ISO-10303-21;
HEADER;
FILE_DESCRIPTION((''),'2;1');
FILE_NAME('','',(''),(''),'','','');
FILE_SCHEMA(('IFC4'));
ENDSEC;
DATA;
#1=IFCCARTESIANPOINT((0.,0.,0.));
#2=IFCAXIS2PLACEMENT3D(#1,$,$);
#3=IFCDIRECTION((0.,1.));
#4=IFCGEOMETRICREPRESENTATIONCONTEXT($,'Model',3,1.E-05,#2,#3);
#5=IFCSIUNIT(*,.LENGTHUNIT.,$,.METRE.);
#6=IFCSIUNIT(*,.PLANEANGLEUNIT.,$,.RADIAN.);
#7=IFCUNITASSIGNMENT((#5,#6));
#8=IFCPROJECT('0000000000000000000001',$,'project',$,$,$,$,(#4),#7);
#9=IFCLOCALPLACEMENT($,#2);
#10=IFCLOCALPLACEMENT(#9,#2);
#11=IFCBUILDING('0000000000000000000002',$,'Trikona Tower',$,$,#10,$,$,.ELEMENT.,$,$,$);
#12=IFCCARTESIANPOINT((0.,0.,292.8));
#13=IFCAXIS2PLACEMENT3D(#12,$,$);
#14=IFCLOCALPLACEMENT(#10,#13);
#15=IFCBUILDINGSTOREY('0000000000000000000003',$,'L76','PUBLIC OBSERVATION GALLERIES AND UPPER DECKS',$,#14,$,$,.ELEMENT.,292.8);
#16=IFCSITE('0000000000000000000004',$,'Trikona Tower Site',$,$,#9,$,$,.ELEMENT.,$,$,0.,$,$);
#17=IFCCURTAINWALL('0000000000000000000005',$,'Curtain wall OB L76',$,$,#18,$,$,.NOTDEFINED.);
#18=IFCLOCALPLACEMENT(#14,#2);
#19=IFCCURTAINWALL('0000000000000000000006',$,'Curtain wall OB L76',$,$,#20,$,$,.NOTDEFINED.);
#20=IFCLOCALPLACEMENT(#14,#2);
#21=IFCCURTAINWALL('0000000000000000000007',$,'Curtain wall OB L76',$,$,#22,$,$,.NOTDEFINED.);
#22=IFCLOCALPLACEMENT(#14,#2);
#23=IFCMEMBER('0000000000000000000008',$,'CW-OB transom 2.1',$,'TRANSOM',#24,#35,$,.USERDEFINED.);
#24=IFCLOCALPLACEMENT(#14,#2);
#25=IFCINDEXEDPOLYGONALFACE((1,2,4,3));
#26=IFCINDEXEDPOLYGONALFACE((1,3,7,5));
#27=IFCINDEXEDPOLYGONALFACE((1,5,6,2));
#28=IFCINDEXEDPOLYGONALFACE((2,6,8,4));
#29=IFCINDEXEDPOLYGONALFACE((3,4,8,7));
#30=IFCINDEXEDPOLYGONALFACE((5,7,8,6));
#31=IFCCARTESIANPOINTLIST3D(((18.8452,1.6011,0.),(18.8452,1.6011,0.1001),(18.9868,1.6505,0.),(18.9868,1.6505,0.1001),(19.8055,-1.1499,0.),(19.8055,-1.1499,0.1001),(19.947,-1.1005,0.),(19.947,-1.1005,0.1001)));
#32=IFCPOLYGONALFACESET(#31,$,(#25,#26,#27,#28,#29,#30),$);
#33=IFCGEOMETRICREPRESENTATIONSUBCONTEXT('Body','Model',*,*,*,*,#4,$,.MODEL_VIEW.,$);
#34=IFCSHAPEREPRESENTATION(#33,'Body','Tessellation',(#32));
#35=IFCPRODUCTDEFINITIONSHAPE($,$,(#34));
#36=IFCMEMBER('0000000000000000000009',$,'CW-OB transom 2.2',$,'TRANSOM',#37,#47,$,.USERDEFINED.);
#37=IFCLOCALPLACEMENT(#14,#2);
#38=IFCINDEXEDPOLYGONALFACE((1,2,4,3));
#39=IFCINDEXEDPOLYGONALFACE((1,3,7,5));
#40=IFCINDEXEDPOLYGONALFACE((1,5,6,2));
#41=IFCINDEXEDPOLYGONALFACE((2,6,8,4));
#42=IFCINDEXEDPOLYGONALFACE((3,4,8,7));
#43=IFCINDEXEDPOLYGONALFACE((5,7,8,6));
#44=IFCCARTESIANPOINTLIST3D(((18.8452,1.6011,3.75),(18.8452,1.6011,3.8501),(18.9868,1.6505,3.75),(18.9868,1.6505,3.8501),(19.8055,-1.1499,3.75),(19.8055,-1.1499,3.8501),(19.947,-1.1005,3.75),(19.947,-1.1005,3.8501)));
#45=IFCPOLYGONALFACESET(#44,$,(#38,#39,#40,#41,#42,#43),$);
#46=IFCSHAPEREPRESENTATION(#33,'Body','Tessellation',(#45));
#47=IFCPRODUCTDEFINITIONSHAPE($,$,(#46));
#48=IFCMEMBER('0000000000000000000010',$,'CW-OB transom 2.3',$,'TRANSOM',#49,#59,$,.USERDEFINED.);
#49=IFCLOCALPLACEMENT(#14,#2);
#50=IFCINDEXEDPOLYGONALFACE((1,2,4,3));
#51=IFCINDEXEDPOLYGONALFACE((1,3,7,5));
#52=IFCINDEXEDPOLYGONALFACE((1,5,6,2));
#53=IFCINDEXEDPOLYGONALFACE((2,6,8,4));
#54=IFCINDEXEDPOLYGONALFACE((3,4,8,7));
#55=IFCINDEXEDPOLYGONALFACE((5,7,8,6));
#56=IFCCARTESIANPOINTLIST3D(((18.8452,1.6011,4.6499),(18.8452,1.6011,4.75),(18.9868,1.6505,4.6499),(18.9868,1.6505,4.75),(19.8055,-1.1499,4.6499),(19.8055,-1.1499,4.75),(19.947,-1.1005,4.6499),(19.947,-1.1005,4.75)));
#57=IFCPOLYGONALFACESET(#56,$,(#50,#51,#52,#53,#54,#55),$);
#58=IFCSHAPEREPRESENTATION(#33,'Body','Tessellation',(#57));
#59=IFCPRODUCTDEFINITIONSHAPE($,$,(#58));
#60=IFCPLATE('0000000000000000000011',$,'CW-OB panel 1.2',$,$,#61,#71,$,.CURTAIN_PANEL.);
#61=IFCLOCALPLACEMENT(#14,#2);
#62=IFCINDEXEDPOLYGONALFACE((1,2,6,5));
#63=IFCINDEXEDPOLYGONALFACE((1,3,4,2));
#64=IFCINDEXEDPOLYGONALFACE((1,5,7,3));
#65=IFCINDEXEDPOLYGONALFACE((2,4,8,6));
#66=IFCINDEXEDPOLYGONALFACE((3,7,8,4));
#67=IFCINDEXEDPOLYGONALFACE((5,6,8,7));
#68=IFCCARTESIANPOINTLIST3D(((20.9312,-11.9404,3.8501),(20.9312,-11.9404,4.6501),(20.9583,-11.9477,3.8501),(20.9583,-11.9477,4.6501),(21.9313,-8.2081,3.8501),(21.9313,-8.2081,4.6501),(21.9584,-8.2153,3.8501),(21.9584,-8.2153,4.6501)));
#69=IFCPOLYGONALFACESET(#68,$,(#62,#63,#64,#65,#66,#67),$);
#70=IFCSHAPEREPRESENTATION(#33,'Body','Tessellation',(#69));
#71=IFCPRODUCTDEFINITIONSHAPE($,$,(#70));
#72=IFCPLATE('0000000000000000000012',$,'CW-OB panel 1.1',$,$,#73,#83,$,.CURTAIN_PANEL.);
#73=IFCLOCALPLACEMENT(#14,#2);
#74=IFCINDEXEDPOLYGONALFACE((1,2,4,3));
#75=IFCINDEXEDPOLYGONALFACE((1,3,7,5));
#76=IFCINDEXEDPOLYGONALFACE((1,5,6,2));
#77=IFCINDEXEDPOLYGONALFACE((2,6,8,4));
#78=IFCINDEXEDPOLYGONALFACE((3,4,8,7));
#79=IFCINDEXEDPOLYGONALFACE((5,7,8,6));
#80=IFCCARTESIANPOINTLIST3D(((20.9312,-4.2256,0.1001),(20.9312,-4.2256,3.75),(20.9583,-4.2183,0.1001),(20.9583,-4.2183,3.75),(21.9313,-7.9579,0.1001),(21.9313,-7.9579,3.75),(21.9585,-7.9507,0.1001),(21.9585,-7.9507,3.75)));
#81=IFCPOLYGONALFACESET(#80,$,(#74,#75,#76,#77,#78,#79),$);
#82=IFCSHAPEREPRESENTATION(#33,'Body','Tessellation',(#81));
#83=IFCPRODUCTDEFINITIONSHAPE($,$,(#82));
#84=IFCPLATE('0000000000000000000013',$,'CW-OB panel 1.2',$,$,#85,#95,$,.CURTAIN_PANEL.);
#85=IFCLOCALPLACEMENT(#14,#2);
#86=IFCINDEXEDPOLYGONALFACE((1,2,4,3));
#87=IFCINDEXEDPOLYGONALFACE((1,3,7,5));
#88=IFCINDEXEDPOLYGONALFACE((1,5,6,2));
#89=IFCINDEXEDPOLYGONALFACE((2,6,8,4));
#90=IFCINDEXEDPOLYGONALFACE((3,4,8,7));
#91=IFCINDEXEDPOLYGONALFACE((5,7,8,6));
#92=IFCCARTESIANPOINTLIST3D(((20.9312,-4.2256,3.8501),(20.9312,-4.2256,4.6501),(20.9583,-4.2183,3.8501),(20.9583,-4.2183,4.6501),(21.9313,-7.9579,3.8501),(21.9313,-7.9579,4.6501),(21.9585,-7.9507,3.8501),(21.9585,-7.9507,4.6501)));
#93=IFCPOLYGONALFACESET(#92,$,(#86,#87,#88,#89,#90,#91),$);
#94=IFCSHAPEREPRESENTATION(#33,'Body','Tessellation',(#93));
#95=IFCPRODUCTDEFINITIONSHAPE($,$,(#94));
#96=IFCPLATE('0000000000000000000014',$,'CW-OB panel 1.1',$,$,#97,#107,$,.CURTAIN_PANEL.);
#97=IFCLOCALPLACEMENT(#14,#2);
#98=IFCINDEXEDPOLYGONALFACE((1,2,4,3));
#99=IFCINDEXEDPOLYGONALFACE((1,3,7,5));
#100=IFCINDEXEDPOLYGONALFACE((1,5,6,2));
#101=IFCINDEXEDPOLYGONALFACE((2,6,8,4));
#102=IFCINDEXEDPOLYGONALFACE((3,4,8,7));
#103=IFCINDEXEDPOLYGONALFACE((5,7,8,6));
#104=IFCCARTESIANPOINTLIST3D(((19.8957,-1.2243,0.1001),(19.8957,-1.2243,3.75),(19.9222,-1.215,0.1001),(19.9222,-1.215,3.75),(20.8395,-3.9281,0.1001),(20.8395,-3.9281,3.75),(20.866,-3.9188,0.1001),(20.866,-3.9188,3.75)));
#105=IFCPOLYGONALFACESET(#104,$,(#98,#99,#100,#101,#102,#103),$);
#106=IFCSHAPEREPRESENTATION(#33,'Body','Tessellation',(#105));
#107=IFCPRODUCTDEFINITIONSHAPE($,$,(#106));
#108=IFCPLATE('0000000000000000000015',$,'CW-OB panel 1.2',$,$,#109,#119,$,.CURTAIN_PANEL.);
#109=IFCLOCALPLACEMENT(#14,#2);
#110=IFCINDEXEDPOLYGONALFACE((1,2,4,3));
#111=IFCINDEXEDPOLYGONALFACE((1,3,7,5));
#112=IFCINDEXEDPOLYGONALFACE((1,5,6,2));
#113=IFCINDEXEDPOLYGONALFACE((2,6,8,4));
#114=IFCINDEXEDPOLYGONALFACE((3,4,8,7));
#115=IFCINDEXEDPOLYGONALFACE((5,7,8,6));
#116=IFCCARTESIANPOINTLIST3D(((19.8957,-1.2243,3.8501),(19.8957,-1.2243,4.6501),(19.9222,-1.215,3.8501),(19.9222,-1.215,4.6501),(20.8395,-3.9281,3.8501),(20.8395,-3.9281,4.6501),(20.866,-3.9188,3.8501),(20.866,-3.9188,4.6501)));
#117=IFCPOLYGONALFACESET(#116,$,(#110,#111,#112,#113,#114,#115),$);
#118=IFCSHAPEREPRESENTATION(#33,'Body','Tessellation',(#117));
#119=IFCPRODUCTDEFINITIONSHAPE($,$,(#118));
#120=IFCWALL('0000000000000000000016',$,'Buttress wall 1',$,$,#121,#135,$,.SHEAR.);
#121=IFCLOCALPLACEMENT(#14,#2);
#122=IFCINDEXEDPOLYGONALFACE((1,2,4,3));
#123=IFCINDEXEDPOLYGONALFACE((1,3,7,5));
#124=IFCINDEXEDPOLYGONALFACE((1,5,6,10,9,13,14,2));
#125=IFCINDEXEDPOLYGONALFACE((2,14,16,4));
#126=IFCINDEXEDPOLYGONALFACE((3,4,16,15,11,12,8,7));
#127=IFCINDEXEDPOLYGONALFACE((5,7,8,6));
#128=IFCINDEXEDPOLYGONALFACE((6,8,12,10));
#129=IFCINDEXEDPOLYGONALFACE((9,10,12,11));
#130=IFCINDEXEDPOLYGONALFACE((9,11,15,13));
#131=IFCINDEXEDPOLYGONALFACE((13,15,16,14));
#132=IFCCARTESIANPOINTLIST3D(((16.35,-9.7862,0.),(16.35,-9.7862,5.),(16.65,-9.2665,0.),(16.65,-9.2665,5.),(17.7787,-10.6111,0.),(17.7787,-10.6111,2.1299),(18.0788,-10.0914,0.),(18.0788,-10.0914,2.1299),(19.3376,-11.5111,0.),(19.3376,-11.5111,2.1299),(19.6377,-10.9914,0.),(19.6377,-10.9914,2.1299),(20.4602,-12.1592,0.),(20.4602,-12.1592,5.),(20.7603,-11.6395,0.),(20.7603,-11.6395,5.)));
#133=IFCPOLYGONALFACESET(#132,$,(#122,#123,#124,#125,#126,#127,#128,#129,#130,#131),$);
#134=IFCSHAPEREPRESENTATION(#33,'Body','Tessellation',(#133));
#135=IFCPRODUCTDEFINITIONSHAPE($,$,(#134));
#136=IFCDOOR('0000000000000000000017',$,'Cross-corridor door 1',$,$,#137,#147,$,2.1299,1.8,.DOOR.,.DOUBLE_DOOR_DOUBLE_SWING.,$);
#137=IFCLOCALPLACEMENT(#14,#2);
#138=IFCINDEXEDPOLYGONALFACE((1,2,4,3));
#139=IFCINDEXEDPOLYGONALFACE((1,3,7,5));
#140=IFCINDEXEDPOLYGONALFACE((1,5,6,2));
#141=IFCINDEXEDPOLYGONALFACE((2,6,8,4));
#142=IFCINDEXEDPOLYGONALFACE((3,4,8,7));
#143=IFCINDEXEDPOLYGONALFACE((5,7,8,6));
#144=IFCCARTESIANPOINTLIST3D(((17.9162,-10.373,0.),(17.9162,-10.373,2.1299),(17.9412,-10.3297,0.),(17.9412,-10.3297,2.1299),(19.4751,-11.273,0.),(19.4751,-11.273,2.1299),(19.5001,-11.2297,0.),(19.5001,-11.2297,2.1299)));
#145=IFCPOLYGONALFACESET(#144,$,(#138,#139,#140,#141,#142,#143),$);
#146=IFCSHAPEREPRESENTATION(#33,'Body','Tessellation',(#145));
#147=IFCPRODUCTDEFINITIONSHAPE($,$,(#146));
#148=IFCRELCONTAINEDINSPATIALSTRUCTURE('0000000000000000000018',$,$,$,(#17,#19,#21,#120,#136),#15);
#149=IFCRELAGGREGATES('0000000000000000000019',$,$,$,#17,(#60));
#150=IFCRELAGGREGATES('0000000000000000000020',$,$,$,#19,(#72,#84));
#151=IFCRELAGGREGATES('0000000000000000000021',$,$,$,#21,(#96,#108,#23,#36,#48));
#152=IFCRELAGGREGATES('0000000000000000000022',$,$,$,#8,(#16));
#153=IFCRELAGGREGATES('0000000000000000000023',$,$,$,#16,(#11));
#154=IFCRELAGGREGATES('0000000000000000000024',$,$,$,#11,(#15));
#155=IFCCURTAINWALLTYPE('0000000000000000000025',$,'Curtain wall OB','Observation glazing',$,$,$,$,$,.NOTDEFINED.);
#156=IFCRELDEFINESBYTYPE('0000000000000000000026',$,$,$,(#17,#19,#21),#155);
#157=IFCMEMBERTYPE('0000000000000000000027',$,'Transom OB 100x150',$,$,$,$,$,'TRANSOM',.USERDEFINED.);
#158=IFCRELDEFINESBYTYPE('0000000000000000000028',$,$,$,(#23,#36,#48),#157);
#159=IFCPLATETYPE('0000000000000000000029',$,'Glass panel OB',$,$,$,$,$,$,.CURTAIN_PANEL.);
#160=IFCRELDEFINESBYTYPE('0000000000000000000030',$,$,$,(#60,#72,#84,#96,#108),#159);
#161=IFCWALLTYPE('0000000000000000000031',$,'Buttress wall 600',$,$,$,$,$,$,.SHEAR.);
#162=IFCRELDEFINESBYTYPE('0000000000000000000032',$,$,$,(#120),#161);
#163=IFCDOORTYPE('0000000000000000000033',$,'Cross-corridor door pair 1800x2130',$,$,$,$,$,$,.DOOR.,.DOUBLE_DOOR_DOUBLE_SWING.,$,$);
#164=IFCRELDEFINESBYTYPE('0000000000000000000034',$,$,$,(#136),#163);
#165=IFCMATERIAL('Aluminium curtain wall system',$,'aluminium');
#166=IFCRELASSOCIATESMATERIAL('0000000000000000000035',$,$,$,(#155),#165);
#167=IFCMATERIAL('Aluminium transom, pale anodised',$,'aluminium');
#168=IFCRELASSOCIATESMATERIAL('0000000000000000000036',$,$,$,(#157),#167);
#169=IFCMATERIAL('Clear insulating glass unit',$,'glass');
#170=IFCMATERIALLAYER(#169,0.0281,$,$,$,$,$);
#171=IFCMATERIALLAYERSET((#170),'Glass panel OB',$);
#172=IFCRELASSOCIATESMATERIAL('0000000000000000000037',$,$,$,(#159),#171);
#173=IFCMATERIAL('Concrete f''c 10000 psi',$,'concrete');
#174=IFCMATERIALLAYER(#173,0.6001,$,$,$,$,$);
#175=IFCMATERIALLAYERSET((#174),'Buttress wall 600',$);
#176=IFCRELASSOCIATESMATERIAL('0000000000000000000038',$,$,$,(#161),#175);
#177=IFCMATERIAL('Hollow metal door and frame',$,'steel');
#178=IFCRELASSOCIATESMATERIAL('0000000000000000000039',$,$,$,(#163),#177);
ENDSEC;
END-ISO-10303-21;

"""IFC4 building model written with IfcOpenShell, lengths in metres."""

from ifc_helpers import new_model, si_unit, direction, frame, frame_2d, origin, origin_2d, place, context, subcontext, project, spatial, rectangle, extrude, material, layer, layer_set, material_profile, profile_set, type_object, element, fill, aggregate, save


model = new_model("IFC4")

# Units and contexts
model_context = context("Model", 3, precision=1e-05, world=origin(), true_north=direction((0.0, 1.0)))
body_context = subcontext(model_context, "Body", "Model", "MODEL_VIEW")
ifc_project = project(units=[si_unit("LENGTHUNIT", "METRE"), si_unit("PLANEANGLEUNIT", "RADIAN")], contexts=[model_context])

# Site, building, storey
site_placement = place(None, origin())
site = spatial("IfcSite", under=ifc_project, at=site_placement, Name="Trikona Tower Site", CompositionType="ELEMENT", RefElevation=0.0)
building_placement = place(site_placement, origin())
building = spatial("IfcBuilding", under=site, at=building_placement, Name="Trikona Tower", CompositionType="ELEMENT")
storey_placement = place(building_placement, frame((0.0, 0.0, 292.8)))
storey = spatial("IfcBuildingStorey", under=building, at=storey_placement, Name="L76", Description="PUBLIC OBSERVATION GALLERIES AND UPPER DECKS", CompositionType="ELEMENT", Elevation=292.8)

# Curtain wall
ifc_material_1 = material(Name="Aluminium curtain wall system", Category="aluminium")
curtain_wall_type = type_object("IfcCurtainWallType", Name="Curtain wall OB", Description="Observation glazing", PredefinedType="NOTDEFINED", material=ifc_material_1)
curtain_wall_1_placement = place(storey_placement, origin())
curtain_wall_1 = element("IfcCurtainWall", 1, at=curtain_wall_1_placement, inside=storey, type_object=curtain_wall_type, Name="Curtain wall OB L76", PredefinedType="NOTDEFINED")

# Curtain walls
curtain_wall_2_placement = place(storey_placement, origin())
curtain_wall_2 = element("IfcCurtainWall", 2, at=curtain_wall_2_placement, inside=storey, type_object=curtain_wall_type, Name="Curtain wall OB L76", PredefinedType="NOTDEFINED")
curtain_wall_3_placement = place(storey_placement, origin())
curtain_wall_3 = element("IfcCurtainWall", 3, at=curtain_wall_3_placement, inside=storey, type_object=curtain_wall_type, Name="Curtain wall OB L76", PredefinedType="NOTDEFINED")

# Members
ifc_material_2 = material(Name="Aluminium transom, pale anodised", Category="aluminium")
ifc_material_profile_1 = material_profile(ifc_material_2, rectangle(XDim=0.1499, YDim=0.1001, at=origin_2d()), Name="TRN-OB")
ifc_profile_set_1 = profile_set([ifc_material_profile_1], Name="Aluminium transom, pale anodised")
member_type_1 = type_object("IfcMemberType", Name="Transom OB 100x150", ElementType="TRANSOM", PredefinedType="USERDEFINED", material=ifc_profile_set_1)
member_1_placement = place(storey_placement, frame((19.8762, -1.1252, 0.05), z_axis=(-0.329544, 0.94414, 0.0), x_axis=(-0.94414, -0.329544, 0.0)))
member_1 = element("IfcMember", 4, at=member_1_placement, type_object=member_type_1, Name="CW-OB transom 2.1", ObjectType="TRANSOM", PredefinedType="USERDEFINED", context=body_context, shape_type="SweptSolid", body=[
    extrude(rectangle(XDim=0.1499, YDim=0.1001, at=origin_2d()), origin(), (0.0, 0.0, 1.0), 2.9138),
])
member_2_placement = place(storey_placement, frame((19.8762, -1.1252, 3.8), z_axis=(-0.329544, 0.94414, 0.0), x_axis=(-0.94414, -0.329544, 0.0)))
member_2 = element("IfcMember", 5, at=member_2_placement, type_object=member_type_1, Name="CW-OB transom 2.2", ObjectType="TRANSOM", PredefinedType="USERDEFINED", context=body_context, shape_type="SweptSolid", body=[
    extrude(rectangle(XDim=0.1499, YDim=0.1001, at=origin_2d()), origin(), (0.0, 0.0, 1.0), 2.9138),
])
member_3_placement = place(storey_placement, frame((19.8762, -1.1252, 4.7), z_axis=(-0.329544, 0.94414, 0.0), x_axis=(-0.94414, -0.329544, 0.0)))
member_3 = element("IfcMember", 6, at=member_3_placement, type_object=member_type_1, Name="CW-OB transom 2.3", ObjectType="TRANSOM", PredefinedType="USERDEFINED", context=body_context, shape_type="SweptSolid", body=[
    extrude(rectangle(XDim=0.1499, YDim=0.1001, at=origin_2d()), origin(), (0.0, 0.0, 1.0), 2.9138),
])

# Plates
ifc_material_3 = material(Name="Clear insulating glass unit", Category="glass")
ifc_layer_1 = layer(ifc_material_3, 0.0281)
ifc_layer_set_1 = layer_set([ifc_layer_1], Name="Glass panel OB")
plate_type = type_object("IfcPlateType", Name="Glass panel OB", PredefinedType="CURTAIN_PANEL", material=ifc_layer_set_1)
plate_1_placement = place(storey_placement, frame((21.4448, -10.0779, 3.8501), z_axis=(0.0, 0.0, 1.0), x_axis=(0.258828, 0.965923, 0.0)))
plate_1 = element("IfcPlate", 7, at=plate_1_placement, type_object=plate_type, Name="CW-OB panel 1.2", PredefinedType="CURTAIN_PANEL", context=body_context, shape_type="SweptSolid", body=[
    extrude(rectangle(XDim=3.864, YDim=0.0281, at=origin_2d()), origin(), (0.0, 0.0, 1.0), 0.8),
])
aggregate(curtain_wall_1, [plate_1])
plate_2_placement = place(storey_placement, frame((21.4448, -6.0881, 0.1001), z_axis=(0.0, 0.0, 1.0), x_axis=(-0.258834, 0.965922, 0.0)))
plate_2 = element("IfcPlate", 8, at=plate_2_placement, type_object=plate_type, Name="CW-OB panel 1.1", PredefinedType="CURTAIN_PANEL", context=body_context, shape_type="SweptSolid", body=[
    extrude(rectangle(XDim=3.864, YDim=0.0281, at=origin_2d()), origin(), (0.0, 0.0, 1.0), 3.6499),
])
plate_3_placement = place(storey_placement, frame((21.4448, -6.0881, 3.8501), z_axis=(0.0, 0.0, 1.0), x_axis=(-0.258834, 0.965922, 0.0)))
plate_3 = element("IfcPlate", 9, at=plate_3_placement, type_object=plate_type, Name="CW-OB panel 1.2", PredefinedType="CURTAIN_PANEL", context=body_context, shape_type="SweptSolid", body=[
    extrude(rectangle(XDim=3.864, YDim=0.0281, at=origin_2d()), origin(), (0.0, 0.0, 1.0), 0.8),
])
aggregate(curtain_wall_2, [plate_2, plate_3])
plate_4_placement = place(storey_placement, frame((20.3809, -2.5715, 0.1001), z_axis=(0.0, 0.0, 1.0), x_axis=(-0.329552, 0.944137, 0.0)))
plate_4 = element("IfcPlate", 10, at=plate_4_placement, type_object=plate_type, Name="CW-OB panel 1.1", PredefinedType="CURTAIN_PANEL", context=body_context, shape_type="SweptSolid", body=[
    extrude(rectangle(XDim=2.8638, YDim=0.0281, at=origin_2d()), origin(), (0.0, 0.0, 1.0), 3.6499),
])
plate_5_placement = place(storey_placement, frame((20.3809, -2.5715, 3.8501), z_axis=(0.0, 0.0, 1.0), x_axis=(-0.329552, 0.944137, 0.0)))
plate_5 = element("IfcPlate", 11, at=plate_5_placement, type_object=plate_type, Name="CW-OB panel 1.2", PredefinedType="CURTAIN_PANEL", context=body_context, shape_type="SweptSolid", body=[
    extrude(rectangle(XDim=2.8638, YDim=0.0281, at=origin_2d()), origin(), (0.0, 0.0, 1.0), 0.8),
])
aggregate(curtain_wall_3, [plate_4, plate_5, member_1, member_2, member_3])

# Wall, opening, door
ifc_material_4 = material(Name="Concrete f'c 10000 psi", Category="concrete")
ifc_layer_2 = layer(ifc_material_4, 0.6001)
ifc_layer_set_2 = layer_set([ifc_layer_2], Name="Buttress wall 600")
wall_type_1 = type_object("IfcWallType", Name="Buttress wall 600", PredefinedType="SHEAR", material=ifc_layer_set_2)
wall_1_placement = place(storey_placement, frame((16.5, -9.5264, 0.0), z_axis=(0.0, 0.0, 1.0), x_axis=(0.866031, -0.49999, 0.0)))
wall_1 = element("IfcWall", 12, at=wall_1_placement, inside=storey, type_object=wall_type_1, Name="Buttress wall 1", PredefinedType="SHEAR", context=body_context, shape_type="SweptSolid", body=[
    extrude(rectangle(XDim=4.7461, YDim=0.6001, at=frame_2d((2.373, 0.0))), origin(), (0.0, 0.0, 1.0), 5.0),
])
opening_1_placement = place(wall_1_placement, frame((1.6499, 0.0, 0.0)))
opening_1 = element("IfcOpeningElement", 13, at=opening_1_placement, cuts=wall_1, PredefinedType="OPENING", context=body_context, shape_type="SweptSolid", body=[
    extrude(rectangle(XDim=1.8, YDim=2.1299, at=frame_2d((0.8999, 1.0649))), frame((0.0, 0.3101, 0.0), z_axis=(0.0, -1.0, 0.0), x_axis=(1.0, 0.0, 0.0)), (0.0, 0.0, 1.0), 0.6201),
])
ifc_material_5 = material(Name="Hollow metal door and frame", Category="steel")
door_type_1 = type_object("IfcDoorType", Name="Cross-corridor door pair 1800x2130", OperationType="DOUBLE_DOOR_DOUBLE_SWING", PredefinedType="DOOR", material=ifc_material_5)
door_1_placement = place(opening_1_placement, origin())
door_1 = element("IfcDoor", 14, at=door_1_placement, inside=storey, type_object=door_type_1, Name="Cross-corridor door 1", OperationType="DOUBLE_DOOR_DOUBLE_SWING", OverallHeight=2.1299, OverallWidth=1.8, PredefinedType="DOOR", context=body_context, shape_type="SweptSolid", body=[
    extrude(rectangle(XDim=1.8, YDim=2.1299, at=frame_2d((0.8999, 1.0649))), frame((0.0, 0.0249, 0.0), z_axis=(0.0, -1.0, 0.0), x_axis=(1.0, 0.0, 0.0)), (0.0, 0.0, 1.0), 0.05),
])
fill(opening_1, door_1)

save(model, "model.ifc")
